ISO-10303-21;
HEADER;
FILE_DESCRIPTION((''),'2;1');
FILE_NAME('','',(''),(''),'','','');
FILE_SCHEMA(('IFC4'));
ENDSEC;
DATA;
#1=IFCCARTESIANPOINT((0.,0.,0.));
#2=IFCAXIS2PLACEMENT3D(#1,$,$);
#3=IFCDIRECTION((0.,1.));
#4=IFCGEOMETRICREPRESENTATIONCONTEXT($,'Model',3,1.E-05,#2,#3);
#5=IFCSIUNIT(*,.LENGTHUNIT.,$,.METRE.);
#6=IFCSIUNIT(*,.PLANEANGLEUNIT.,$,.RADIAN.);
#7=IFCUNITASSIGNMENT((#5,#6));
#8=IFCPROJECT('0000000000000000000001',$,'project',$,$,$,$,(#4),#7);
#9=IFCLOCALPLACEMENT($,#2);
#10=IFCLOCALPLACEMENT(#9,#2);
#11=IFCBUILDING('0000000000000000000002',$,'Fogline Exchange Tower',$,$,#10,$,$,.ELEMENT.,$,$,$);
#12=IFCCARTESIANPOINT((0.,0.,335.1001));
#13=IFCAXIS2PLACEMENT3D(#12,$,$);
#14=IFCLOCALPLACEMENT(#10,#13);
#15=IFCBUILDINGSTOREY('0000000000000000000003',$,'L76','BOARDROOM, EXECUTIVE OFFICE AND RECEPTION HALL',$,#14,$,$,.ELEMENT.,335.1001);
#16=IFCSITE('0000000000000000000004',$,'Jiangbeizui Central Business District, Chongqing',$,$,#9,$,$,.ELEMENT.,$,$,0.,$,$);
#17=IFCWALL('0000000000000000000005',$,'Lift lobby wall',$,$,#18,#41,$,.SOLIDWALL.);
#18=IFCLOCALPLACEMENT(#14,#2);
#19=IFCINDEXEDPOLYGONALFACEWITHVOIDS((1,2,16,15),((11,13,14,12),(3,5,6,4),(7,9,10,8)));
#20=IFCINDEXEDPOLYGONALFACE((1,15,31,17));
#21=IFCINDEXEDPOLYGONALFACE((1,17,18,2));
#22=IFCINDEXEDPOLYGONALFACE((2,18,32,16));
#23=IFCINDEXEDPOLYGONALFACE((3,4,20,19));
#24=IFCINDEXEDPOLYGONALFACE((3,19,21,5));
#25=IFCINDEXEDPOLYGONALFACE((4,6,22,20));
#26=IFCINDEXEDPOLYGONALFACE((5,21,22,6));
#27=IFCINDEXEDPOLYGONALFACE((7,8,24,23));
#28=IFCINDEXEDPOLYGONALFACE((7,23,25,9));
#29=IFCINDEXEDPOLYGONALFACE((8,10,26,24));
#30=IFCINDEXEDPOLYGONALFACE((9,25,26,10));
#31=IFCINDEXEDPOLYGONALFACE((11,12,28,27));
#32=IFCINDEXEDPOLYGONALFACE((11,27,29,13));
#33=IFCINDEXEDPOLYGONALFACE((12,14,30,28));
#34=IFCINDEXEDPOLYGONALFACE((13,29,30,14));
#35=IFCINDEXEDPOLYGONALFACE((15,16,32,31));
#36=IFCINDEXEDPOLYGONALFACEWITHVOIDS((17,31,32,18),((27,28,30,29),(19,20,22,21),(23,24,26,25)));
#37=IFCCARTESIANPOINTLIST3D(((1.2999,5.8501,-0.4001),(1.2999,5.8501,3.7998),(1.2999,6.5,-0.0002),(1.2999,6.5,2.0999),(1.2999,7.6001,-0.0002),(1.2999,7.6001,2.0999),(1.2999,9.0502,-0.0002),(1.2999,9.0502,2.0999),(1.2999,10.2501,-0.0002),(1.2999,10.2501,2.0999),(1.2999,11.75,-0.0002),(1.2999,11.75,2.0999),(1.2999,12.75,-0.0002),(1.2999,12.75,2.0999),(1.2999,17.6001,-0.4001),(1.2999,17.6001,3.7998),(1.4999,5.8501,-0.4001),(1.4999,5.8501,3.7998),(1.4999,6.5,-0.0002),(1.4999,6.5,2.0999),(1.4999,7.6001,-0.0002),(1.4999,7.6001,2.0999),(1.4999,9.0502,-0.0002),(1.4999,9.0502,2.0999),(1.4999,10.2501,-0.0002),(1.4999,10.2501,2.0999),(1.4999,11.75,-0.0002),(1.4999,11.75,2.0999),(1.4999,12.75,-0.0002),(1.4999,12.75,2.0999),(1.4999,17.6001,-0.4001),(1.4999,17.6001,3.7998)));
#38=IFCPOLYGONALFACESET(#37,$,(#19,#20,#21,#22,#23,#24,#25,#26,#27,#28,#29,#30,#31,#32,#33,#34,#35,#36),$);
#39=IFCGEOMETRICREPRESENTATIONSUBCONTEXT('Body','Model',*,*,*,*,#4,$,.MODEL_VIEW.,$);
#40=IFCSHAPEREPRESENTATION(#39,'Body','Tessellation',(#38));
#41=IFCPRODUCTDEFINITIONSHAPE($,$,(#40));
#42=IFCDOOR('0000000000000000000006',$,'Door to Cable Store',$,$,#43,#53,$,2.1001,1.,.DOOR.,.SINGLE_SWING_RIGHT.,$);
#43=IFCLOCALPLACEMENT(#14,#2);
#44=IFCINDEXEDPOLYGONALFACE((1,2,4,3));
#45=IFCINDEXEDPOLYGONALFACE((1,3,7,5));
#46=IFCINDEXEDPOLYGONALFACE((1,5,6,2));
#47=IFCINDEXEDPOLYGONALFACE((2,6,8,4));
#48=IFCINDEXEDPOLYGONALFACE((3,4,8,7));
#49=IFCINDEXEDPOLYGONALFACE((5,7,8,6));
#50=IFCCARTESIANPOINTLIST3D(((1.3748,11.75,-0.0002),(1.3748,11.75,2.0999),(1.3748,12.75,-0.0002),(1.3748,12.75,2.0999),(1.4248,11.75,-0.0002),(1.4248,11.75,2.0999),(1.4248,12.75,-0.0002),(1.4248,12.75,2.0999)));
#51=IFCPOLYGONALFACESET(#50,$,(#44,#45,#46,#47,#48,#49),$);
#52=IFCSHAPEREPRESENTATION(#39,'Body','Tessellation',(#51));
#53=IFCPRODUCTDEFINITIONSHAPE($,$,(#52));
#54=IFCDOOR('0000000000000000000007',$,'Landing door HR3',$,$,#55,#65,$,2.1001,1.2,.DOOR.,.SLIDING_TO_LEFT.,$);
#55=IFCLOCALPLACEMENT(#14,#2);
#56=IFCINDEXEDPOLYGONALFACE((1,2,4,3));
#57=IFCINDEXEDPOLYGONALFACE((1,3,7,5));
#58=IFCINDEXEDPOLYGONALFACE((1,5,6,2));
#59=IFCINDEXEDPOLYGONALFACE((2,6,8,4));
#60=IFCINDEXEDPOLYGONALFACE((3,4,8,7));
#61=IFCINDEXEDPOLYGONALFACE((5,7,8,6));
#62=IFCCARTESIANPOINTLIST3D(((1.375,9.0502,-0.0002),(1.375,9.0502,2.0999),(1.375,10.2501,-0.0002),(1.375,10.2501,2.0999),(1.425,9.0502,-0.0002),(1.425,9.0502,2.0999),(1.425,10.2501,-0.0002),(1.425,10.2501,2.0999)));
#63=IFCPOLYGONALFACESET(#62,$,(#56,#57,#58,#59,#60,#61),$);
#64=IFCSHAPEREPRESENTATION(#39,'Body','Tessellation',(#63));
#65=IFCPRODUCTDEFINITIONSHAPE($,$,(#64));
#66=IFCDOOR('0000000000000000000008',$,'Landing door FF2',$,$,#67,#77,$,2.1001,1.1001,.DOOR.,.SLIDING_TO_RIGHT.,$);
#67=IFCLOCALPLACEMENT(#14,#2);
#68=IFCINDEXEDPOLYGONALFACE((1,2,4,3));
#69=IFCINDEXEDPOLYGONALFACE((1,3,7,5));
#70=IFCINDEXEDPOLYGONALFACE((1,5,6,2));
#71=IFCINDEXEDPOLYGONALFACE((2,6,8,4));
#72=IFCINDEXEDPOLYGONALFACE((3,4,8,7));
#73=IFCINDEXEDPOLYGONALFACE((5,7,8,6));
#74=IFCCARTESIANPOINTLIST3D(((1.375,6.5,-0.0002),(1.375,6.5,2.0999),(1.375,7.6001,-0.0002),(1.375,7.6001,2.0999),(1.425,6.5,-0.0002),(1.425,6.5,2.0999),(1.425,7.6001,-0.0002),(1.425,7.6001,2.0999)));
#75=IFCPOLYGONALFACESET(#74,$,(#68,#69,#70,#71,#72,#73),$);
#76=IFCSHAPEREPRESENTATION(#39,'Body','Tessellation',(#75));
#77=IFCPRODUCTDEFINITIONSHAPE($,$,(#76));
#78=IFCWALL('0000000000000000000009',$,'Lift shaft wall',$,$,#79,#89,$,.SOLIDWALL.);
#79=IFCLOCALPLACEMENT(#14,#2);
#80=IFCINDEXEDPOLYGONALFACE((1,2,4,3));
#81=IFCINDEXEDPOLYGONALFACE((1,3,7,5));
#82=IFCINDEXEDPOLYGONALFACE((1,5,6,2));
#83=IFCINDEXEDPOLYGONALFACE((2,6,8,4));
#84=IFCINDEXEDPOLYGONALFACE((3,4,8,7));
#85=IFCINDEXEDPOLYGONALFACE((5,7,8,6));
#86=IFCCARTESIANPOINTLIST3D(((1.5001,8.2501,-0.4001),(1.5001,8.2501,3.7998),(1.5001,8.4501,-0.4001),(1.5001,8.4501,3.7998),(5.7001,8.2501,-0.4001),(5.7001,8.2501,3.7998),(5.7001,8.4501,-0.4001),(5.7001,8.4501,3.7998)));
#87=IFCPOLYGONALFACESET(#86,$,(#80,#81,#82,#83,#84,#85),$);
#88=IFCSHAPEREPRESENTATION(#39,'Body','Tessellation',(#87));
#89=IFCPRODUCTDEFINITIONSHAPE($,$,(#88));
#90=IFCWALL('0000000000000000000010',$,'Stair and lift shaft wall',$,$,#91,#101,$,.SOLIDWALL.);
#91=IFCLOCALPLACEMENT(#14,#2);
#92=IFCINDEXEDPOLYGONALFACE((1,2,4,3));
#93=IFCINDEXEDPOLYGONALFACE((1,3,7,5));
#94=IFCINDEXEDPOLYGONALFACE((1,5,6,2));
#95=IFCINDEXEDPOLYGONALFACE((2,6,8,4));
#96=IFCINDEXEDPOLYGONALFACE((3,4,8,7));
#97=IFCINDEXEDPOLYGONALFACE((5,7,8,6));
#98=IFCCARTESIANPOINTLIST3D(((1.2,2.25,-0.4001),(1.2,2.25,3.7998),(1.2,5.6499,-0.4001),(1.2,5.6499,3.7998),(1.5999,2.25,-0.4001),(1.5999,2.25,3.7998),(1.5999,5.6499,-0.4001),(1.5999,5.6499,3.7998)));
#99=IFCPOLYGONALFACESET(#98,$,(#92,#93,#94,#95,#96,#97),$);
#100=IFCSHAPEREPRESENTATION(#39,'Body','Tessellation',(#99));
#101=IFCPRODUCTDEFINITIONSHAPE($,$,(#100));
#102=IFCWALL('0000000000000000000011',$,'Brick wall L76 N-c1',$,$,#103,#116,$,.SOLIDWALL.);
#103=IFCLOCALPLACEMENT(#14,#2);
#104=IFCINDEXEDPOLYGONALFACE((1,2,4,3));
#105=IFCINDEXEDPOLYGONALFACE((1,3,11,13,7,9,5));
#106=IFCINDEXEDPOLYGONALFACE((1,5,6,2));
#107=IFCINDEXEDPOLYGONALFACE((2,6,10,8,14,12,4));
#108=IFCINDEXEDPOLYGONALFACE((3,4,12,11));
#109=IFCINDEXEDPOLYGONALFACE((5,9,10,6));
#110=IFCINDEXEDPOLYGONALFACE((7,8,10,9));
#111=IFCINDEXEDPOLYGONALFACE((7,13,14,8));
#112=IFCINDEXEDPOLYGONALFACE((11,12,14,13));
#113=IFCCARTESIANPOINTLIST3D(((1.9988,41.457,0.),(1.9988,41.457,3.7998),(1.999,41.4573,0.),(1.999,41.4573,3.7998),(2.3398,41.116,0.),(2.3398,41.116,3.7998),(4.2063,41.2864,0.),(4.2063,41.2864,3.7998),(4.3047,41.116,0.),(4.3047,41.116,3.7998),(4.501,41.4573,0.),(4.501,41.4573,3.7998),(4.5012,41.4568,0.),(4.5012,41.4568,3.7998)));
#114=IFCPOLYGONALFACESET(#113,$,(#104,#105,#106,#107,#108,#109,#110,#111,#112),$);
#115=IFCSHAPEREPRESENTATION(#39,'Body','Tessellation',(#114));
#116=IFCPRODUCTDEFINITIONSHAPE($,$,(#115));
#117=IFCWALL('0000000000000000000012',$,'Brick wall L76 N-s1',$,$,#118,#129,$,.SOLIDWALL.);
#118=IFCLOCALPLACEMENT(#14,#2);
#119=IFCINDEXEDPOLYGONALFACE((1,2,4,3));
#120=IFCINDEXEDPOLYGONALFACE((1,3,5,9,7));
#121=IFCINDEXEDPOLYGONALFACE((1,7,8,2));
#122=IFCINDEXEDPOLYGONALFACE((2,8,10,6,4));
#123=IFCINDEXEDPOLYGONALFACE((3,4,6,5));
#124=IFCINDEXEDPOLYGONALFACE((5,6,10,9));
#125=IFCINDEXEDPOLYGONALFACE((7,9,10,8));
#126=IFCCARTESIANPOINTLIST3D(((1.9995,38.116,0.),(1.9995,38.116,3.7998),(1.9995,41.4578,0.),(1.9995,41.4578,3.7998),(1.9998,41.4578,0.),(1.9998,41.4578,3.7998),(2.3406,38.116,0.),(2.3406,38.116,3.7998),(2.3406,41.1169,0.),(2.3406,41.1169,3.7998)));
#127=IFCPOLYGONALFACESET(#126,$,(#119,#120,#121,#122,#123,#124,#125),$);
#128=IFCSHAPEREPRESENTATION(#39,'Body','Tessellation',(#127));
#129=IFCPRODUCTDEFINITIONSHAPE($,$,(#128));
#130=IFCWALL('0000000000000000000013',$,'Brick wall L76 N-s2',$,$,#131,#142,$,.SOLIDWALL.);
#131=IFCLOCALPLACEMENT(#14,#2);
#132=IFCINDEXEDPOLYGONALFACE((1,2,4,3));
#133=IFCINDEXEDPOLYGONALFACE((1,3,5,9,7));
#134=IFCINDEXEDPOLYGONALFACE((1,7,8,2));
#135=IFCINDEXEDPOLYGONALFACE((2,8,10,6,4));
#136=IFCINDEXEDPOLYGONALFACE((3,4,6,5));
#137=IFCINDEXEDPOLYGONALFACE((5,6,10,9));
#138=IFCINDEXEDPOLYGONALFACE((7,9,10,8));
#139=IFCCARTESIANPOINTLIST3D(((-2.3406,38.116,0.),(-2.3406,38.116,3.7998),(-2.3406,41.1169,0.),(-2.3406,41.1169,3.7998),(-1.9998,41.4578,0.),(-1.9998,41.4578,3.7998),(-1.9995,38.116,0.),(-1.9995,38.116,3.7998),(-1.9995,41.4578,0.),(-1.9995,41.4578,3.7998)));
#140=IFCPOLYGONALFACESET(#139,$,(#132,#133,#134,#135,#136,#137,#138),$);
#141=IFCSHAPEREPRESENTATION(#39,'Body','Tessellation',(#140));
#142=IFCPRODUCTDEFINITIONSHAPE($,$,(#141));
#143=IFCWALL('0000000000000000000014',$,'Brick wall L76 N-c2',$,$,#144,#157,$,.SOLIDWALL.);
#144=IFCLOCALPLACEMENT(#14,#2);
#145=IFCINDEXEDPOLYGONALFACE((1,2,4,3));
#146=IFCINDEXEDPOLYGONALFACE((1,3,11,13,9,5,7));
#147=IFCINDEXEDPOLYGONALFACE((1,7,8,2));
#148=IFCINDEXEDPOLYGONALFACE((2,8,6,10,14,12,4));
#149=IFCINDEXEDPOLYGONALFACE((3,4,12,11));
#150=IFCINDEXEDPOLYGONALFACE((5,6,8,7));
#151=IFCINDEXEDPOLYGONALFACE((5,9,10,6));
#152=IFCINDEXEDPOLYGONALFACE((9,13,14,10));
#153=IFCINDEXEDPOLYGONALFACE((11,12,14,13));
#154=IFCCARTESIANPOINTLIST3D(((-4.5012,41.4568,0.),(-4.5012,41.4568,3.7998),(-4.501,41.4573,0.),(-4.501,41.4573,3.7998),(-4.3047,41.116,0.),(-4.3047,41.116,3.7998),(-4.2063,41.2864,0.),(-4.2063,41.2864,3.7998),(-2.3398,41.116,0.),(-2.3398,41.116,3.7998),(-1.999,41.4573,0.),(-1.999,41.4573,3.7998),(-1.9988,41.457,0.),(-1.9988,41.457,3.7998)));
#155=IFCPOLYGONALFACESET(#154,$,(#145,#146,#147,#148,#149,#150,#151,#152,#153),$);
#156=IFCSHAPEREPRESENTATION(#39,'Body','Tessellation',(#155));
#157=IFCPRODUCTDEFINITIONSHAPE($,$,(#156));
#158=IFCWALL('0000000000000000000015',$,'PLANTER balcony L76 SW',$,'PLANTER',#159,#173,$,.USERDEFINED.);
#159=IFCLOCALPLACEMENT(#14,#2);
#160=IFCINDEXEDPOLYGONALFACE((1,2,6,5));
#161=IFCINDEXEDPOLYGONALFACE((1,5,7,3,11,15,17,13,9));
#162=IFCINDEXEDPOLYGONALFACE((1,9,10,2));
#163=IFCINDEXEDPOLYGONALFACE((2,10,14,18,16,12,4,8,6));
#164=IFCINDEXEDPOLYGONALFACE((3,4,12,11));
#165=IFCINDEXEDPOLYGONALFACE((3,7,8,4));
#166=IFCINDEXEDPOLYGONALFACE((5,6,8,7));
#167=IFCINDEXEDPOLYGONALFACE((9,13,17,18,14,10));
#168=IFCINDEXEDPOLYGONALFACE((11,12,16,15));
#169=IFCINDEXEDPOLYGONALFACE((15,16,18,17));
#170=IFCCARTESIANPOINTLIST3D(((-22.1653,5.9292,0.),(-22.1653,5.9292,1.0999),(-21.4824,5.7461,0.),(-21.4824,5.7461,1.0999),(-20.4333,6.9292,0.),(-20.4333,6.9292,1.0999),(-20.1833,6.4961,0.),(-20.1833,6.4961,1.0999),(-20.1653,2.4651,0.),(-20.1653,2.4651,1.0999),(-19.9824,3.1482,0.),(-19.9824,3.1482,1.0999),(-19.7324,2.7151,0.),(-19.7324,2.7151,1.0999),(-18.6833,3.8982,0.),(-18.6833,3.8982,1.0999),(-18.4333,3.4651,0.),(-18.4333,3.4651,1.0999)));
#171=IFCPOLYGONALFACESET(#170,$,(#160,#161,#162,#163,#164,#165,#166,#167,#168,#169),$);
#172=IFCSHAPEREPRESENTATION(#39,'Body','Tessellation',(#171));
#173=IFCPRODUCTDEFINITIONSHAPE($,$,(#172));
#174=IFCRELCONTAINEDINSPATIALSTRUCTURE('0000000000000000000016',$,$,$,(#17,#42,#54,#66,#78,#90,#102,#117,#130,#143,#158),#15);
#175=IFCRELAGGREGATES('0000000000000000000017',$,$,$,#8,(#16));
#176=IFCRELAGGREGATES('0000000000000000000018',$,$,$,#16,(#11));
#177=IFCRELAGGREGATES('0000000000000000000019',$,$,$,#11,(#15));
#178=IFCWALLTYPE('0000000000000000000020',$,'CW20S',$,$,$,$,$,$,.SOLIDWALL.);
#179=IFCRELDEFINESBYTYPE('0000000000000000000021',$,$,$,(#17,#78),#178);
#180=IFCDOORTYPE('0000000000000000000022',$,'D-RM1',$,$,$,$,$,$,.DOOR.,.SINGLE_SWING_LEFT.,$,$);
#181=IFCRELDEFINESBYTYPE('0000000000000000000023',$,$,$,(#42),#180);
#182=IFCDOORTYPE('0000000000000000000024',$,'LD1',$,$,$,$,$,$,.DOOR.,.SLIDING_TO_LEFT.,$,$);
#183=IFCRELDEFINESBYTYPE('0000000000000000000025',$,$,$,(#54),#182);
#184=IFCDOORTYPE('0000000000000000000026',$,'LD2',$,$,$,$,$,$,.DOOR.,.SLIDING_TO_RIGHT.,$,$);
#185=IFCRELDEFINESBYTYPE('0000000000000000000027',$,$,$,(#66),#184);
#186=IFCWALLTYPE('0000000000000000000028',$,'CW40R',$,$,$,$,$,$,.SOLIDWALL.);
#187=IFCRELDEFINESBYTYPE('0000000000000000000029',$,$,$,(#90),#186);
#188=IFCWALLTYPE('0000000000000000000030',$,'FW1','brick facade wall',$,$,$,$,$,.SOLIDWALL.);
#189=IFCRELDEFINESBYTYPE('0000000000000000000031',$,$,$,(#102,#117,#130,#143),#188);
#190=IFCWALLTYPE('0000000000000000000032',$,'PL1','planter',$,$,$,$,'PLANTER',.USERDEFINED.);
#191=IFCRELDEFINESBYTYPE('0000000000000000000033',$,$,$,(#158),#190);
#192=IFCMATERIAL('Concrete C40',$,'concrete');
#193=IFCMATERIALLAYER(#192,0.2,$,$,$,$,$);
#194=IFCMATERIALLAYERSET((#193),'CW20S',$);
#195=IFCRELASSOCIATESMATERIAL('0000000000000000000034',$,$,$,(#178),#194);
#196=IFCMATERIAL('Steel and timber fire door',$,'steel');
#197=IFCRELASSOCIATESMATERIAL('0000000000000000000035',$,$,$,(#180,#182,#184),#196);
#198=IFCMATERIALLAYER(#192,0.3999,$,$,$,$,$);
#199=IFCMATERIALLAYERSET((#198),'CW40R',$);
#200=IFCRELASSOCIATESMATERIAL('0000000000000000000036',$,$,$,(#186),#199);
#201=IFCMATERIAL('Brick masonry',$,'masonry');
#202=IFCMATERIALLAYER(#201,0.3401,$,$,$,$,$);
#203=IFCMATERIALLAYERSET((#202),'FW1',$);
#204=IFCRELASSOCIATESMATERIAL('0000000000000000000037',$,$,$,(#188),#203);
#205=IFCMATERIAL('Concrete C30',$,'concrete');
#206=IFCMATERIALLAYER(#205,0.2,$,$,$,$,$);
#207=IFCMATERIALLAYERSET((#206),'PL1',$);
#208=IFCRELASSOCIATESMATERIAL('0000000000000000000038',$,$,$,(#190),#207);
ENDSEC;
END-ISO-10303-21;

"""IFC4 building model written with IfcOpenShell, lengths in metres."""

from ifc_helpers import new_model, si_unit, direction, frame, frame_2d, origin, place, context, subcontext, project, spatial, polyline, rectangle, outline, extrude, material, layer, layer_set, type_object, element, fill, save


model = new_model("IFC4")

# Units and contexts
model_context = context("Model", 3, precision=1e-05, world=origin(), true_north=direction((0.0, 1.0)))
body_context = subcontext(model_context, "Body", "Model", "MODEL_VIEW")
ifc_project = project(units=[si_unit("LENGTHUNIT", "METRE"), si_unit("PLANEANGLEUNIT", "RADIAN")], contexts=[model_context])

# Site, building, storey
site_placement = place(None, origin())
site = spatial("IfcSite", under=ifc_project, at=site_placement, Name="Jiangbeizui Central Business District, Chongqing", CompositionType="ELEMENT", RefElevation=0.0)
building_placement = place(site_placement, origin())
building = spatial("IfcBuilding", under=site, at=building_placement, Name="Fogline Exchange Tower", CompositionType="ELEMENT")
storey_placement = place(building_placement, frame((0.0, 0.0, 335.1001)))
storey = spatial("IfcBuildingStorey", under=building, at=storey_placement, Name="L76", Description="BOARDROOM, EXECUTIVE OFFICE AND RECEPTION HALL", CompositionType="ELEMENT", Elevation=335.1001)

# Shared definitions
ifc_material_1 = material(Name="Concrete C40", Category="concrete")

# Shared definitions
ifc_layer_1 = layer(ifc_material_1, 0.2)
ifc_layer_set_1 = layer_set([ifc_layer_1], Name="CW20S")
wall_type_1 = type_object("IfcWallType", Name="CW20S", PredefinedType="SOLIDWALL", material=ifc_layer_set_1)

# Wall, openings, doors
wall_1_placement = place(storey_placement, frame((1.3999, 5.8501, -0.4001), z_axis=(0.0, 0.0, 1.0), x_axis=(0.0, 1.0, 0.0)))
wall_1 = element("IfcWall", 1, at=wall_1_placement, inside=storey, type_object=wall_type_1, Name="Lift lobby wall", PredefinedType="SOLIDWALL", context=body_context, shape_type="SweptSolid", body=[
    extrude(rectangle(XDim=11.75, YDim=0.2, at=frame_2d((5.875, 0.0))), origin(), (0.0, 0.0, 1.0), 4.2),
])
opening_1_placement = place(wall_1_placement, frame((3.2, 0.0, 0.3999)))
opening_1 = element("IfcOpeningElement", 2, at=opening_1_placement, cuts=wall_1, PredefinedType="OPENING", context=body_context, shape_type="SweptSolid", body=[
    extrude(rectangle(XDim=1.2, YDim=2.1001, at=frame_2d((0.6001, 1.05))), frame((0.0, 0.1099, 0.0), z_axis=(0.0, -1.0, 0.0), x_axis=(1.0, 0.0, 0.0)), (0.0, 0.0, 1.0), 0.22),
])
opening_2_placement = place(wall_1_placement, frame((0.6499, 0.0, 0.3999)))
opening_2 = element("IfcOpeningElement", 3, at=opening_2_placement, cuts=wall_1, PredefinedType="OPENING", context=body_context, shape_type="SweptSolid", body=[
    extrude(rectangle(XDim=1.1001, YDim=2.1001, at=frame_2d((0.55, 1.05))), frame((0.0, 0.1099, 0.0), z_axis=(0.0, -1.0, 0.0), x_axis=(1.0, 0.0, 0.0)), (0.0, 0.0, 1.0), 0.22),
])
opening_3_placement = place(wall_1_placement, frame((5.8999, 0.0, 0.3999)))
opening_3 = element("IfcOpeningElement", 4, at=opening_3_placement, cuts=wall_1, PredefinedType="OPENING", context=body_context, shape_type="SweptSolid", body=[
    extrude(rectangle(XDim=1.0, YDim=2.1001, at=frame_2d((0.5, 1.05))), frame((0.0, 0.1099, 0.0), z_axis=(0.0, -1.0, 0.0), x_axis=(1.0, 0.0, 0.0)), (0.0, 0.0, 1.0), 0.22),
])
ifc_material_2 = material(Name="Steel and timber fire door", Category="steel")
door_type_1 = type_object("IfcDoorType", Name="D-RM1", OperationType="SINGLE_SWING_LEFT", PredefinedType="DOOR", material=ifc_material_2)
door_1_placement = place(opening_3_placement, frame((1.0, 0.0, 0.0), z_axis=(0.0, 0.0, 1.0), x_axis=(-1.0, 0.0, 0.0)))
door_1 = element("IfcDoor", 5, at=door_1_placement, inside=storey, type_object=door_type_1, Name="Door to Cable Store", OperationType="SINGLE_SWING_RIGHT", OverallHeight=2.1001, OverallWidth=1.0, PredefinedType="DOOR", context=body_context, shape_type="SweptSolid", body=[
    extrude(rectangle(XDim=1.0, YDim=2.1001, at=frame_2d((0.5, 1.05))), frame((0.0, 0.0249, 0.0), z_axis=(0.0, -1.0, 0.0), x_axis=(1.0, 0.0, 0.0)), (0.0, 0.0, 1.0), 0.05),
])
fill(opening_3, door_1)
door_type_2 = type_object("IfcDoorType", Name="LD1", OperationType="SLIDING_TO_LEFT", PredefinedType="DOOR", material=ifc_material_2)
door_2_placement = place(opening_1_placement, origin())
door_2 = element("IfcDoor", 6, at=door_2_placement, inside=storey, type_object=door_type_2, Name="Landing door HR3", OperationType="SLIDING_TO_LEFT", OverallHeight=2.1001, OverallWidth=1.2, PredefinedType="DOOR", context=body_context, shape_type="SweptSolid", body=[
    extrude(rectangle(XDim=1.2, YDim=2.1001, at=frame_2d((0.6001, 1.05))), frame((0.0, 0.0249, 0.0), z_axis=(0.0, -1.0, 0.0), x_axis=(1.0, 0.0, 0.0)), (0.0, 0.0, 1.0), 0.05),
])
fill(opening_1, door_2)
door_type_3 = type_object("IfcDoorType", Name="LD2", OperationType="SLIDING_TO_RIGHT", PredefinedType="DOOR", material=ifc_material_2)
door_3_placement = place(opening_2_placement, origin())
door_3 = element("IfcDoor", 7, at=door_3_placement, inside=storey, type_object=door_type_3, Name="Landing door FF2", OperationType="SLIDING_TO_RIGHT", OverallHeight=2.1001, OverallWidth=1.1001, PredefinedType="DOOR", context=body_context, shape_type="SweptSolid", body=[
    extrude(rectangle(XDim=1.1001, YDim=2.1001, at=frame_2d((0.55, 1.05))), frame((0.0, 0.0249, 0.0), z_axis=(0.0, -1.0, 0.0), x_axis=(1.0, 0.0, 0.0)), (0.0, 0.0, 1.0), 0.05),
])
fill(opening_2, door_3)

# Walls
wall_2_placement = place(storey_placement, frame((1.5, 8.3501, -0.4001), z_axis=(0.0, 0.0, 1.0), x_axis=(1.0, 0.0, 0.0)))
element("IfcWall", 8, at=wall_2_placement, inside=storey, type_object=wall_type_1, Name="Lift shaft wall", PredefinedType="SOLIDWALL", context=body_context, shape_type="SweptSolid", body=[
    extrude(rectangle(XDim=4.2, YDim=0.2, at=frame_2d((2.1001, 0.0))), origin(), (0.0, 0.0, 1.0), 4.2),
])
ifc_layer_2 = layer(ifc_material_1, 0.3999)
ifc_layer_set_2 = layer_set([ifc_layer_2], Name="CW40R")
wall_type_2 = type_object("IfcWallType", Name="CW40R", PredefinedType="SOLIDWALL", material=ifc_layer_set_2)
wall_3_placement = place(storey_placement, frame((1.3999, 2.25, -0.4001), z_axis=(0.0, 0.0, 1.0), x_axis=(0.0, 1.0, 0.0)))
element("IfcWall", 9, at=wall_3_placement, inside=storey, type_object=wall_type_2, Name="Stair and lift shaft wall", PredefinedType="SOLIDWALL", context=body_context, shape_type="SweptSolid", body=[
    extrude(rectangle(XDim=3.3999, YDim=0.3999, at=frame_2d((1.7, 0.0))), origin(), (0.0, 0.0, 1.0), 4.2),
])
ifc_material_3 = material(Name="Brick masonry", Category="masonry")
ifc_layer_3 = layer(ifc_material_3, 0.3401)
ifc_layer_set_3 = layer_set([ifc_layer_3], Name="FW1")
wall_type_3 = type_object("IfcWallType", Name="FW1", Description="brick facade wall", PredefinedType="SOLIDWALL", material=ifc_layer_set_3)
wall_4_placement = place(storey_placement, origin())
element("IfcWall", 10, at=wall_4_placement, inside=storey, type_object=wall_type_3, Name="Brick wall L76 N-c1", PredefinedType="SOLIDWALL", context=body_context, shape_type="SweptSolid", body=[
    extrude(outline(polyline([(1.999, 41.4573), (4.501, 41.4573), (4.5012, 41.4568), (4.2063, 41.2864), (4.3047, 41.116), (2.3398, 41.116), (1.9988, 41.457), (1.999, 41.4573)])), origin(), (0.0, 0.0, 1.0), 3.7998),
])
wall_5_placement = place(storey_placement, origin())
element("IfcWall", 11, at=wall_5_placement, inside=storey, type_object=wall_type_3, Name="Brick wall L76 N-s1", PredefinedType="SOLIDWALL", context=body_context, shape_type="SweptSolid", body=[
    extrude(outline(polyline([(2.3406, 38.116), (1.9995, 38.116), (1.9995, 41.4578), (1.9998, 41.4578), (2.3406, 41.1169), (2.3406, 38.116)])), origin(), (0.0, 0.0, 1.0), 3.7998),
])
wall_6_placement = place(storey_placement, origin())
element("IfcWall", 12, at=wall_6_placement, inside=storey, type_object=wall_type_3, Name="Brick wall L76 N-s2", PredefinedType="SOLIDWALL", context=body_context, shape_type="SweptSolid", body=[
    extrude(outline(polyline([(-1.9995, 41.4578), (-1.9995, 38.116), (-2.3406, 38.116), (-2.3406, 41.1169), (-1.9998, 41.4578), (-1.9995, 41.4578)])), origin(), (0.0, 0.0, 1.0), 3.7998),
])
wall_7_placement = place(storey_placement, origin())
element("IfcWall", 13, at=wall_7_placement, inside=storey, type_object=wall_type_3, Name="Brick wall L76 N-c2", PredefinedType="SOLIDWALL", context=body_context, shape_type="SweptSolid", body=[
    extrude(outline(polyline([(-4.3047, 41.116), (-4.2063, 41.2864), (-4.5012, 41.4568), (-4.501, 41.4573), (-1.999, 41.4573), (-1.9988, 41.457), (-2.3398, 41.116), (-4.3047, 41.116)])), origin(), (0.0, 0.0, 1.0), 3.7998),
])
ifc_material_4 = material(Name="Concrete C30", Category="concrete")
ifc_layer_4 = layer(ifc_material_4, 0.2)
ifc_layer_set_4 = layer_set([ifc_layer_4], Name="PL1")
wall_type_4 = type_object("IfcWallType", Name="PL1", Description="planter", ElementType="PLANTER", PredefinedType="USERDEFINED", material=ifc_layer_set_4)
wall_8_placement = place(storey_placement, origin())
element("IfcWall", 14, at=wall_8_placement, inside=storey, type_object=wall_type_4, Name="PLANTER balcony L76 SW", ObjectType="PLANTER", PredefinedType="USERDEFINED", context=body_context, shape_type="SweptSolid", body=[
    extrude(outline(polyline([(-18.6833, 3.8982), (-19.9824, 3.1482), (-21.4824, 5.7461), (-20.1833, 6.4961), (-20.4333, 6.9292), (-22.1653, 5.9292), (-20.1653, 2.4651), (-19.7324, 2.7151), (-19.7324, 2.7151), (-18.4333, 3.4651), (-18.6833, 3.8982)])), origin(), (0.0, 0.0, 1.0), 1.0999),
])

save(model, "model.ifc")
